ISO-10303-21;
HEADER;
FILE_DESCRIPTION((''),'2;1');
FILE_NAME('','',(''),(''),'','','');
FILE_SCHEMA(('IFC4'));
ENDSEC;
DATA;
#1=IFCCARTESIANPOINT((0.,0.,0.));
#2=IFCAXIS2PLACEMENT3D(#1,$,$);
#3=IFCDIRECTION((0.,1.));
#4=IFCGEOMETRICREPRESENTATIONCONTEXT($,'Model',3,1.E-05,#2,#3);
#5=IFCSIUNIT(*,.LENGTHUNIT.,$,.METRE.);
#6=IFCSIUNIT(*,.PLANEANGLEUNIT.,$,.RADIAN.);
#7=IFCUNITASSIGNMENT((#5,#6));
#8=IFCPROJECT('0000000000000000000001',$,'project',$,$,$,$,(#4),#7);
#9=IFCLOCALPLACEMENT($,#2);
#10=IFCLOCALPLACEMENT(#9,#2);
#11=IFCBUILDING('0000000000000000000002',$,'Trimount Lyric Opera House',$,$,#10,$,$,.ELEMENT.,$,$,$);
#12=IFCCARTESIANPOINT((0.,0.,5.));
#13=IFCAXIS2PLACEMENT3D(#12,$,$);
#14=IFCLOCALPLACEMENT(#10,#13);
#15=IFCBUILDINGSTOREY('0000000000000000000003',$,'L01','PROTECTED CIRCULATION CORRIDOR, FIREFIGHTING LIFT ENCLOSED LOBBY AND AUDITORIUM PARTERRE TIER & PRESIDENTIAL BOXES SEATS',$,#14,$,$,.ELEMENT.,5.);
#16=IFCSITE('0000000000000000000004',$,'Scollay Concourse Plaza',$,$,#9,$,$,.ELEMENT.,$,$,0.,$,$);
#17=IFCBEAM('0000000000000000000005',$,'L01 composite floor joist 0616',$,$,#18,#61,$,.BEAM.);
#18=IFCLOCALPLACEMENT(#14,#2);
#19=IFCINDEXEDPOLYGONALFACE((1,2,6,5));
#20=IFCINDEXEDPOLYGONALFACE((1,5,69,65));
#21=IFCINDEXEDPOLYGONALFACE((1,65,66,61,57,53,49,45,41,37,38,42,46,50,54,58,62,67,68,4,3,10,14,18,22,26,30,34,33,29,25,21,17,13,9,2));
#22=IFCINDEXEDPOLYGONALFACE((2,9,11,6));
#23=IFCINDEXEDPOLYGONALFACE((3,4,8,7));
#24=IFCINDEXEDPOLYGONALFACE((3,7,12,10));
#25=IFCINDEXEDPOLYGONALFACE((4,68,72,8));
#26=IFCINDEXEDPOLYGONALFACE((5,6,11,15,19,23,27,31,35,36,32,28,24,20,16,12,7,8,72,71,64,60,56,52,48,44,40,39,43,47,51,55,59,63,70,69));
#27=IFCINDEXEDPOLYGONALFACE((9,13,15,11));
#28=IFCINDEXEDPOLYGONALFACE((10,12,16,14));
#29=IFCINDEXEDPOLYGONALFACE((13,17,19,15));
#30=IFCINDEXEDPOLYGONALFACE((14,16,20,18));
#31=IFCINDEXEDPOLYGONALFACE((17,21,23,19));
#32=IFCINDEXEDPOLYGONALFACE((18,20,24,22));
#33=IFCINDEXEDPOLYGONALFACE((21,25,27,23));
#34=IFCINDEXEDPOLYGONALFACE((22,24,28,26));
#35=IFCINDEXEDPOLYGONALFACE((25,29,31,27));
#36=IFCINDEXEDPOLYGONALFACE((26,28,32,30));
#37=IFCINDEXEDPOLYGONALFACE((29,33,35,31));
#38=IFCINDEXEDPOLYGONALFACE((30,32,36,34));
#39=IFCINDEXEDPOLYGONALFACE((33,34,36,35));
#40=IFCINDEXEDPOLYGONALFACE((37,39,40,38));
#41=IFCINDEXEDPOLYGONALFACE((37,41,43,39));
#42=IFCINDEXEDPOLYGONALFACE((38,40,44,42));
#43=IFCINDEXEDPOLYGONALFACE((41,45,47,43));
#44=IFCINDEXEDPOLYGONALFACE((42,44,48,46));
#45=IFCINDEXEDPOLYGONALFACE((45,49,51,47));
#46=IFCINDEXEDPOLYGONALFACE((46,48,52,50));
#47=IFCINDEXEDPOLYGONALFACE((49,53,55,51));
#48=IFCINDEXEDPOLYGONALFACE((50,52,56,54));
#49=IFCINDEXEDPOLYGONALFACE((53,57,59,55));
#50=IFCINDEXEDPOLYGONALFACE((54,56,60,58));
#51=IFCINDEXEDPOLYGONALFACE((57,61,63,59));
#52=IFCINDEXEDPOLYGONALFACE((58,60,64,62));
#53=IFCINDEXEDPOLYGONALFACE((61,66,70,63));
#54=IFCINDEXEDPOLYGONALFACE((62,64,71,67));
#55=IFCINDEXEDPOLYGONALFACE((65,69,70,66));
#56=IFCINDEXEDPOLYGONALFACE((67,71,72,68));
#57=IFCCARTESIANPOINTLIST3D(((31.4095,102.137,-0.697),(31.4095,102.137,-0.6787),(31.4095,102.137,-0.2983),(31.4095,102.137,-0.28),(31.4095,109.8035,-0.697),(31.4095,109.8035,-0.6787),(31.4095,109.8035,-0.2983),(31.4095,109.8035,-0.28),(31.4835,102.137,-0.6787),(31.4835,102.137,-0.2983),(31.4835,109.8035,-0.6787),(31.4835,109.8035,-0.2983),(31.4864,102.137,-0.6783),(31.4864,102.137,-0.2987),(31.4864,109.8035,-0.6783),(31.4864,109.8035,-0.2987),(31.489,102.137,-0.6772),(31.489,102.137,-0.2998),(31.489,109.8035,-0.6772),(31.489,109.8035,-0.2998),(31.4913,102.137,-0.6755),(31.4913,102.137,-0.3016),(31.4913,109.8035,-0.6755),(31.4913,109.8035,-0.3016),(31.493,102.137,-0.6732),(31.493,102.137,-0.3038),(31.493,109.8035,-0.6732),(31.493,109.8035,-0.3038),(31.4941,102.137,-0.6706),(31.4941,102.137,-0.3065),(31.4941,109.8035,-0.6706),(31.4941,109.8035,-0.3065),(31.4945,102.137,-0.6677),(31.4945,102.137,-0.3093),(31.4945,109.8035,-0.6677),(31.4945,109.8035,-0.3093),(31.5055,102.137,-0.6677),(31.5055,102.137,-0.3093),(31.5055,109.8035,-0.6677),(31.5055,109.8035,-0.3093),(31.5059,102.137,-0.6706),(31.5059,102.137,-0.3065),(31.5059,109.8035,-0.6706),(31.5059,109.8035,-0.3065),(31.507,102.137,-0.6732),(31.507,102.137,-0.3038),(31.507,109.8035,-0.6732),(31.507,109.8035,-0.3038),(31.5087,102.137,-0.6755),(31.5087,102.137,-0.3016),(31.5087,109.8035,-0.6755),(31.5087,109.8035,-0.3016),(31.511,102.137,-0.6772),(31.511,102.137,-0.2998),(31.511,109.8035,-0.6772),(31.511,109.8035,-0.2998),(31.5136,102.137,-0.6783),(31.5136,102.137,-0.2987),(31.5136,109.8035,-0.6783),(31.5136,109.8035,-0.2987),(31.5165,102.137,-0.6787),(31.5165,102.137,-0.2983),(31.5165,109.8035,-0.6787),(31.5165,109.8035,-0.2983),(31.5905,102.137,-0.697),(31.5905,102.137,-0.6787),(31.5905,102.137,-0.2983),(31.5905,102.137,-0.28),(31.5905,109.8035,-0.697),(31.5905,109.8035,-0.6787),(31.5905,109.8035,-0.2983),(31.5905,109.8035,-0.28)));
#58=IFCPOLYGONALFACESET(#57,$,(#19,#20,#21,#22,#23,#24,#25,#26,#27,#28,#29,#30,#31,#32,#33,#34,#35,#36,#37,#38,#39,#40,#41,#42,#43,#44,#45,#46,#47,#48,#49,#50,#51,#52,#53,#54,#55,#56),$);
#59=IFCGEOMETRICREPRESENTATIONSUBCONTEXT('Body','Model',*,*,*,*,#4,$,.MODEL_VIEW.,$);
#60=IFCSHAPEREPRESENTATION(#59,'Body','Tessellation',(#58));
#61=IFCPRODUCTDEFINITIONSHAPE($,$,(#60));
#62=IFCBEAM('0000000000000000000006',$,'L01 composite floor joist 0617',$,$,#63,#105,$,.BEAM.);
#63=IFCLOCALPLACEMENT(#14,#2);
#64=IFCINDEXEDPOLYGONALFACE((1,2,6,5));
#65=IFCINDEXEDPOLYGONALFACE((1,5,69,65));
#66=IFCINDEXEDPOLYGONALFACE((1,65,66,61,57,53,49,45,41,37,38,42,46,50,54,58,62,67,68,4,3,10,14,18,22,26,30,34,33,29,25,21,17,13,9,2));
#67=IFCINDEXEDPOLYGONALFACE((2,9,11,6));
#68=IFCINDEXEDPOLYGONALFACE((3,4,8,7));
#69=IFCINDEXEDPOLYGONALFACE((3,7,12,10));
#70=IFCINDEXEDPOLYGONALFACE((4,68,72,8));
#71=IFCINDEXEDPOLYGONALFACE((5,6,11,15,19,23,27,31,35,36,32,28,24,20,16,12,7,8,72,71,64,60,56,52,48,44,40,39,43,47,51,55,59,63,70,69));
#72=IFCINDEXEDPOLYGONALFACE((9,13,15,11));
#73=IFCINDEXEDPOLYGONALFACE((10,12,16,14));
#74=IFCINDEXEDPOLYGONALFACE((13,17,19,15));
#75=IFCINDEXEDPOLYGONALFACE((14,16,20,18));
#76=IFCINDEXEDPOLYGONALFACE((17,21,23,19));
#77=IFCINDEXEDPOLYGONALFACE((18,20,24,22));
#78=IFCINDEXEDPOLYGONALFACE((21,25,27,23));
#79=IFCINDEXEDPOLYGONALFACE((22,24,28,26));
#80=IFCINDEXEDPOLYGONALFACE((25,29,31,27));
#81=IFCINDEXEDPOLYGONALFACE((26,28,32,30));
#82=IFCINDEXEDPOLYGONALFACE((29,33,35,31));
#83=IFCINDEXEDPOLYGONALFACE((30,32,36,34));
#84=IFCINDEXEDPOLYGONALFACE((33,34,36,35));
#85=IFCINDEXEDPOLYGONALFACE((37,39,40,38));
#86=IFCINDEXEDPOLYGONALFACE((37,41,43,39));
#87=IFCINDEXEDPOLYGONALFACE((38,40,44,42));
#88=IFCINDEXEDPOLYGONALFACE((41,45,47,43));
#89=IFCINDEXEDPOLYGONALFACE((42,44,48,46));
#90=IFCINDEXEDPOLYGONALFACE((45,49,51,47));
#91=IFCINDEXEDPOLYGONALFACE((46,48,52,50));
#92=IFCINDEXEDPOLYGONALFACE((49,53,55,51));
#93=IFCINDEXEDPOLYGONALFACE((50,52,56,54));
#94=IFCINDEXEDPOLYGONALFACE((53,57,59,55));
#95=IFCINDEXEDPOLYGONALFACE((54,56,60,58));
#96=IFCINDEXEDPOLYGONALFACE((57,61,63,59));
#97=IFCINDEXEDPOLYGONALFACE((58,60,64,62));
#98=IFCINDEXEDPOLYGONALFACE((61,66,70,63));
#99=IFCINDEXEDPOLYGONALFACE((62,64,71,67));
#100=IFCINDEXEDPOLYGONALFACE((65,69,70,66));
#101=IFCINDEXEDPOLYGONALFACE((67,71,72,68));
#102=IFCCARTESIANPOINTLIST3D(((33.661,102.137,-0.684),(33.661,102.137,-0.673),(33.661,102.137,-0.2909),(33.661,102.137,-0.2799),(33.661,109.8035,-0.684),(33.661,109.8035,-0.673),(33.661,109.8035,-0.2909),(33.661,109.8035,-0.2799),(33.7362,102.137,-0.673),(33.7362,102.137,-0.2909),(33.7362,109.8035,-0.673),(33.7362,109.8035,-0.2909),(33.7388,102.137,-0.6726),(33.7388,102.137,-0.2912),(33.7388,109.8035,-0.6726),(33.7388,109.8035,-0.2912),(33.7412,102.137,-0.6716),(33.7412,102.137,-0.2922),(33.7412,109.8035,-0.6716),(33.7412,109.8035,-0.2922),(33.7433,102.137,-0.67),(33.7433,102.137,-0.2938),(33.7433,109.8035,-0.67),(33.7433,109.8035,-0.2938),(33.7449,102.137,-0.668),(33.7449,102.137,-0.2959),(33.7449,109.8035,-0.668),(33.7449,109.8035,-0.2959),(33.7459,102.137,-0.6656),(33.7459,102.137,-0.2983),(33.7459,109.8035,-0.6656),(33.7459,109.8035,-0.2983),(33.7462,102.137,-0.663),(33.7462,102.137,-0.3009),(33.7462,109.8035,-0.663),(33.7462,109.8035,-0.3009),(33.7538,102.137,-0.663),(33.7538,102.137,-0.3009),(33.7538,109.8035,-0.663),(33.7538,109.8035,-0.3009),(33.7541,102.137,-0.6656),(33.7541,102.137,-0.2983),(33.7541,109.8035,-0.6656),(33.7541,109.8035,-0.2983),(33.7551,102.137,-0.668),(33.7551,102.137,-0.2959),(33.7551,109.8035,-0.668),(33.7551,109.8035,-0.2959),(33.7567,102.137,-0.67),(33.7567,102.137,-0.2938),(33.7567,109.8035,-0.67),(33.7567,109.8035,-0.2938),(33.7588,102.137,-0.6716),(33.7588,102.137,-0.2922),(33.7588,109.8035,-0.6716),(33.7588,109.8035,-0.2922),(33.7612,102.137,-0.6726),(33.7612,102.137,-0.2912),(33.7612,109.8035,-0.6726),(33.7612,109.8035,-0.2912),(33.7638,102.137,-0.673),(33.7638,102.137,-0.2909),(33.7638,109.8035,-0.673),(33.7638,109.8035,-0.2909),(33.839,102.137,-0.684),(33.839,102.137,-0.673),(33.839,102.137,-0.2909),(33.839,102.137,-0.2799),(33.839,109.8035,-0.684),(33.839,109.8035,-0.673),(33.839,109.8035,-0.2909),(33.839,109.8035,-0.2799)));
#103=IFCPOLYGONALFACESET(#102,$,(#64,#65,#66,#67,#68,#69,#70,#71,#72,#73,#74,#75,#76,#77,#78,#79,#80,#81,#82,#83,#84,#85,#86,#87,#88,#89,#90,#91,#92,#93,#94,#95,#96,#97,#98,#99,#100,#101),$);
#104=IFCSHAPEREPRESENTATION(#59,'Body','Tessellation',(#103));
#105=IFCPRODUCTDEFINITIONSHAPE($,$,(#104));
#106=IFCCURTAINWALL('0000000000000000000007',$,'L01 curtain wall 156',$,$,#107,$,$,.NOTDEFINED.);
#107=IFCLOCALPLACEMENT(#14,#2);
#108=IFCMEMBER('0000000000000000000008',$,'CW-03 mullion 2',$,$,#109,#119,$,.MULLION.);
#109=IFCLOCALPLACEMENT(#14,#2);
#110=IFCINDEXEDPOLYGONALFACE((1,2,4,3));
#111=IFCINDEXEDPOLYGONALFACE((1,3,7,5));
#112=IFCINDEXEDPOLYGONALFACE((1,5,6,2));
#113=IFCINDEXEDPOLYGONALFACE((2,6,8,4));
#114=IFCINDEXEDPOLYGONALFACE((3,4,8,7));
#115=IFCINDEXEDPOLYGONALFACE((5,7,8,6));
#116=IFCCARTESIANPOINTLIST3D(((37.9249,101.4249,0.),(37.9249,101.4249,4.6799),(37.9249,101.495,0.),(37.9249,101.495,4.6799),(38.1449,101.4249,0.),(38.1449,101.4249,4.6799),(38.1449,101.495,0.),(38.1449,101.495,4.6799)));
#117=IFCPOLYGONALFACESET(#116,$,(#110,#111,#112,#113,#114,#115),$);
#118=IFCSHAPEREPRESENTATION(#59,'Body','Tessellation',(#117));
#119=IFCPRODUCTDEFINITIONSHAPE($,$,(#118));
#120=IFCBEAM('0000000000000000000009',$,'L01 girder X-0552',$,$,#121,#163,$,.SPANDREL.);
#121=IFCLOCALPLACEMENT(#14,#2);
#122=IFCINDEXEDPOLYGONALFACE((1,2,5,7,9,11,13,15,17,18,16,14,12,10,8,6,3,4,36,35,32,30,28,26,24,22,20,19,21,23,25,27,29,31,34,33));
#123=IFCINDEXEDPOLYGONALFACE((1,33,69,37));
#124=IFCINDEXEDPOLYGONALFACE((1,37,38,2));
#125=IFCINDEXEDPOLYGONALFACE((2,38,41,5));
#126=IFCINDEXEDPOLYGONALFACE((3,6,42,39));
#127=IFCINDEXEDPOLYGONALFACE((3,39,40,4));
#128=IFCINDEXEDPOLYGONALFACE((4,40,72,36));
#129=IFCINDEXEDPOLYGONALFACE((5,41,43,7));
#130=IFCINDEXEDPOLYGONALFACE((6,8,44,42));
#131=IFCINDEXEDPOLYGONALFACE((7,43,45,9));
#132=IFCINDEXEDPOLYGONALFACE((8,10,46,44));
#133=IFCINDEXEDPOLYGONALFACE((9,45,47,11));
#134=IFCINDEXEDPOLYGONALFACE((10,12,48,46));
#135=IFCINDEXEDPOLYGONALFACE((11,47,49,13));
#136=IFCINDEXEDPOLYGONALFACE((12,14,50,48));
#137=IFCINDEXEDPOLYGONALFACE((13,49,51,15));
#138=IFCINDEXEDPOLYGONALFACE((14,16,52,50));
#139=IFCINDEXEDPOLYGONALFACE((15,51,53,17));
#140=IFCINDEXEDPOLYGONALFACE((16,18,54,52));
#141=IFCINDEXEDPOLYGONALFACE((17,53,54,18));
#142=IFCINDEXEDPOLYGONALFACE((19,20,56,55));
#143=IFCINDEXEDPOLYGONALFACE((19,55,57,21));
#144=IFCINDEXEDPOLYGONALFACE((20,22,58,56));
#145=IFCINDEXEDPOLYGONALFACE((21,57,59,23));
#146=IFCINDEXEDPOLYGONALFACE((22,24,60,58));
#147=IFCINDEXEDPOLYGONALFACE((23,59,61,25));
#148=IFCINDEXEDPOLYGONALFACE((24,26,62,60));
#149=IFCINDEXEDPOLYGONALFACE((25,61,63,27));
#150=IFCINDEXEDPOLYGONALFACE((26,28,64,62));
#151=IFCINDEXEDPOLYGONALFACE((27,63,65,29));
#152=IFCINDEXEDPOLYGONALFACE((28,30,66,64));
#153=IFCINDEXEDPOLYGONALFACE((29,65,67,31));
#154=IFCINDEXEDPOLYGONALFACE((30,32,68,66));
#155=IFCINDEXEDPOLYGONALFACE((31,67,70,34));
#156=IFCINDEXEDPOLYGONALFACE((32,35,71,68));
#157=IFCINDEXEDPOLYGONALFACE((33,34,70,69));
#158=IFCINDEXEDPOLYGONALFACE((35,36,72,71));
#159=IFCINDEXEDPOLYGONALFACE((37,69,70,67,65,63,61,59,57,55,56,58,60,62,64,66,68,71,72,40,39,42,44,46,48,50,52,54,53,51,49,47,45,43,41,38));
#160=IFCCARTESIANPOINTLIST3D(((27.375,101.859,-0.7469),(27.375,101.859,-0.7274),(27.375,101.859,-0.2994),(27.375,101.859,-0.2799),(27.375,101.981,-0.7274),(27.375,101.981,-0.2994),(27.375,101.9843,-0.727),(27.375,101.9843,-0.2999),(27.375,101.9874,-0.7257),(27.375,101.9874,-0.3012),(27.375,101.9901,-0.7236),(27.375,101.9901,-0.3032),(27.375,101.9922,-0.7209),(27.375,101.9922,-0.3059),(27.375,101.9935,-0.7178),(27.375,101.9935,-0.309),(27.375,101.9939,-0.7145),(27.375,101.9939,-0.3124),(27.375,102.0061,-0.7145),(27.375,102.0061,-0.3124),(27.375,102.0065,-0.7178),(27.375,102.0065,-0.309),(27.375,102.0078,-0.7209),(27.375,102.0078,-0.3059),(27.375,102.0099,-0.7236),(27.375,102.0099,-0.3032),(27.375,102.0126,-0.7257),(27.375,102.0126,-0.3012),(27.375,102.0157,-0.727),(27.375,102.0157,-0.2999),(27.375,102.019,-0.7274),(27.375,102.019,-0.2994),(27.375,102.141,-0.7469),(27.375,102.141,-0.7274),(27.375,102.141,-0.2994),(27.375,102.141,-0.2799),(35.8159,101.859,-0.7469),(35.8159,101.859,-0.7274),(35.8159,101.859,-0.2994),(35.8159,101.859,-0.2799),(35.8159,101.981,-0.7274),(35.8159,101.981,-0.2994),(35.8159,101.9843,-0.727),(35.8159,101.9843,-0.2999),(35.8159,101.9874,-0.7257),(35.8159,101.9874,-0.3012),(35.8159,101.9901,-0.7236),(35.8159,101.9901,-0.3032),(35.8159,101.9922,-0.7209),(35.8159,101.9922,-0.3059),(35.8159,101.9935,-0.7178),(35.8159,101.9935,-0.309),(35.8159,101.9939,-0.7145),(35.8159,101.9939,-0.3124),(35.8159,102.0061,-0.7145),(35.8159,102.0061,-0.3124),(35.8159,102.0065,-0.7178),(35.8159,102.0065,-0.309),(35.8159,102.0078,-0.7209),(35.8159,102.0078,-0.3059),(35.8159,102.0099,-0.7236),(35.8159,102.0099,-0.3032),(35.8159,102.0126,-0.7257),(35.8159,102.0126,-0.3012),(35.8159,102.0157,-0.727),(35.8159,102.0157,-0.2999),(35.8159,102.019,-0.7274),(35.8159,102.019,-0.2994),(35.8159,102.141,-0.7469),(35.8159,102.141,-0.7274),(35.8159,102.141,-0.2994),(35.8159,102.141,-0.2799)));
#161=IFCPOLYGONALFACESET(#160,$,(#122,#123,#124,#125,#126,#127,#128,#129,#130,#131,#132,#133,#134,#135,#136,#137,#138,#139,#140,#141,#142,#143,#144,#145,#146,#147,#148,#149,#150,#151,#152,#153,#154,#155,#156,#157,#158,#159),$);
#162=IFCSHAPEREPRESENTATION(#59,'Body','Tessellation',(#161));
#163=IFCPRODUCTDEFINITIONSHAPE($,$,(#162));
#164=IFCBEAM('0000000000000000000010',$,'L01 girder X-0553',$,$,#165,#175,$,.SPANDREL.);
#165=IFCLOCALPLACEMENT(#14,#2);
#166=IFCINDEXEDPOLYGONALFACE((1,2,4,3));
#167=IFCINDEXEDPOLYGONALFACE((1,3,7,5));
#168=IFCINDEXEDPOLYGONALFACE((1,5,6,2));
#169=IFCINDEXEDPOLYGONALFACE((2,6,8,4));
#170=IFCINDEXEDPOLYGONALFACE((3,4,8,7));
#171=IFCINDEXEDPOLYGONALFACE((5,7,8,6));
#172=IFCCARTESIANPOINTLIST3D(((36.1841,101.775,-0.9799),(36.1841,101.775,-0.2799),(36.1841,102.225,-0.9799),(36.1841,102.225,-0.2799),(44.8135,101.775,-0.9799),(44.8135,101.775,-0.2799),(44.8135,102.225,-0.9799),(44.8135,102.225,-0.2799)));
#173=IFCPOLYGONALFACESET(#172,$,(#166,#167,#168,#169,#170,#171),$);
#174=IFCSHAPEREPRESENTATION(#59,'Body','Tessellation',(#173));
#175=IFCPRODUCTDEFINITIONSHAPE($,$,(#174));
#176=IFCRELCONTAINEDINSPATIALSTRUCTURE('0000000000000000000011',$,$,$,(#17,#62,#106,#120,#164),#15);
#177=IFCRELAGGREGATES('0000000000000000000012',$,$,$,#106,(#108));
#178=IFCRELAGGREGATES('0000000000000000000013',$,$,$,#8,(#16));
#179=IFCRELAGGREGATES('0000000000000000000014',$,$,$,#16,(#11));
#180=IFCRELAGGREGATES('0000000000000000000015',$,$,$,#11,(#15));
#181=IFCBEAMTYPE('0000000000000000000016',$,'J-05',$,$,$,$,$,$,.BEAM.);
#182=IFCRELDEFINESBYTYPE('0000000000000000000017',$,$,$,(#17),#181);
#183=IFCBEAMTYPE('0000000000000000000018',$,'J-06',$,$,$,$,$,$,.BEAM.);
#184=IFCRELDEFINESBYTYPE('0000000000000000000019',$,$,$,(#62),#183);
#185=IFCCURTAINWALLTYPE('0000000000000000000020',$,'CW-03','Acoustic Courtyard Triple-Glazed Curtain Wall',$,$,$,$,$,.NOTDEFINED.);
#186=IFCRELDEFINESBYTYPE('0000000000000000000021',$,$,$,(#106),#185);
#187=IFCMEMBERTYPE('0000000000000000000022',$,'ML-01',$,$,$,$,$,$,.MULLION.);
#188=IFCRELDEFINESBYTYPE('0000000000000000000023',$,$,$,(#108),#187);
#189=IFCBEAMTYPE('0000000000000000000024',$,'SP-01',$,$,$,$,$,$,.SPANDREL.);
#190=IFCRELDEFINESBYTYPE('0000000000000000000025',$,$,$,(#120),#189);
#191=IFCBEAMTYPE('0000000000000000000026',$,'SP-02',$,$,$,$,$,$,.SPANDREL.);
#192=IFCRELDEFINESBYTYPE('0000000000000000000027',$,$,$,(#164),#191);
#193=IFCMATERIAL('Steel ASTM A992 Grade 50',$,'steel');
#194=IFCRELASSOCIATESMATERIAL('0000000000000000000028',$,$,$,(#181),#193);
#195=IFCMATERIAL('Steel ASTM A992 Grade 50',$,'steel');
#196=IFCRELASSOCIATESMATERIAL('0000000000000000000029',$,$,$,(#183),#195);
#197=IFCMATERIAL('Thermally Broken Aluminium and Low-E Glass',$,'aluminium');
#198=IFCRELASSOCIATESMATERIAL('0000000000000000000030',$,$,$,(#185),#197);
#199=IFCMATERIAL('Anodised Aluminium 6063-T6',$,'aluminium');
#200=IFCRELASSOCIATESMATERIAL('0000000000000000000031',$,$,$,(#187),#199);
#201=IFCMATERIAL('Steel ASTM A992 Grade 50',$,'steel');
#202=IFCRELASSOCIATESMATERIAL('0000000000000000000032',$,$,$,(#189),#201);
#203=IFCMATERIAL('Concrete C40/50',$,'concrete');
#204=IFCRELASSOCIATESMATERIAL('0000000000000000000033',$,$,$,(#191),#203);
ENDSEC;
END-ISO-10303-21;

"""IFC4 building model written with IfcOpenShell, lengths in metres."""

from ifc_helpers import new_model, si_unit, direction, frame, origin, origin_2d, place, context, subcontext, project, spatial, rectangle, i_section, extrude, material, material_profile, profile_set, type_object, element, aggregate, save


model = new_model("IFC4")

# Units and contexts
model_context = context("Model", 3, precision=1e-05, world=origin(), true_north=direction((0.0, 1.0)))
body_context = subcontext(model_context, "Body", "Model", "MODEL_VIEW")
ifc_project = project(units=[si_unit("LENGTHUNIT", "METRE"), si_unit("PLANEANGLEUNIT", "RADIAN")], contexts=[model_context])

# Site, building, storey
site_placement = place(None, origin())
site = spatial("IfcSite", under=ifc_project, at=site_placement, Name="Scollay Concourse Plaza", CompositionType="ELEMENT", RefElevation=0.0)
building_placement = place(site_placement, origin())
building = spatial("IfcBuilding", under=site, at=building_placement, Name="Trimount Lyric Opera House", CompositionType="ELEMENT")
storey_placement = place(building_placement, frame((0.0, 0.0, 5.0)))
storey = spatial("IfcBuildingStorey", under=building, at=storey_placement, Name="L01", Description="PROTECTED CIRCULATION CORRIDOR, FIREFIGHTING LIFT ENCLOSED LOBBY AND AUDITORIUM PARTERRE TIER & PRESIDENTIAL BOXES SEATS", CompositionType="ELEMENT", Elevation=5.0)

# Beams
ifc_material_1 = material(Name="Steel ASTM A992 Grade 50", Category="steel")
ifc_material_profile_1 = material_profile(ifc_material_1, i_section(OverallWidth=0.1809, OverallDepth=0.417, WebThickness=0.011, FlangeThickness=0.0183, FilletRadius=0.011, at=origin_2d()), Name="W16X57")
ifc_profile_set_1 = profile_set([ifc_material_profile_1], Name="Steel ASTM A992 Grade 50")
beam_type_1 = type_object("IfcBeamType", Name="J-05", PredefinedType="BEAM", material=ifc_profile_set_1)
beam_1_placement = place(storey_placement, frame((31.5, 102.137, -0.4885), z_axis=(0.0, 1.0, 0.0), x_axis=(-1.0, 0.0, 0.0)))
element("IfcBeam", 1, at=beam_1_placement, inside=storey, type_object=beam_type_1, Name="L01 composite floor joist 0616", PredefinedType="BEAM", context=body_context, shape_type="SweptSolid", body=[
    extrude(i_section(OverallWidth=0.1809, OverallDepth=0.417, WebThickness=0.011, FlangeThickness=0.0183, FilletRadius=0.011, at=origin_2d()), origin(), (0.0, 0.0, 1.0), 7.6665),
])
ifc_material_2 = material(Name="Steel ASTM A992 Grade 50", Category="steel")
ifc_material_profile_2 = material_profile(ifc_material_2, i_section(OverallWidth=0.178, OverallDepth=0.4041, WebThickness=0.0076, FlangeThickness=0.011, FilletRadius=0.01, at=origin_2d()), Name="W16X36")
ifc_profile_set_2 = profile_set([ifc_material_profile_2], Name="Steel ASTM A992 Grade 50")
beam_type_2 = type_object("IfcBeamType", Name="J-06", PredefinedType="BEAM", material=ifc_profile_set_2)
beam_2_placement = place(storey_placement, frame((33.75, 102.137, -0.4819), z_axis=(0.0, 1.0, 0.0), x_axis=(-1.0, 0.0, 0.0)))
element("IfcBeam", 2, at=beam_2_placement, inside=storey, type_object=beam_type_2, Name="L01 composite floor joist 0617", PredefinedType="BEAM", context=body_context, shape_type="SweptSolid", body=[
    extrude(i_section(OverallWidth=0.178, OverallDepth=0.4041, WebThickness=0.0076, FlangeThickness=0.011, FilletRadius=0.01, at=origin_2d()), origin(), (0.0, 0.0, 1.0), 7.6665),
])

# Curtain wall, member
ifc_material_3 = material(Name="Thermally Broken Aluminium and Low-E Glass", Category="aluminium")
curtain_wall_type = type_object("IfcCurtainWallType", Name="CW-03", Description="Acoustic Courtyard Triple-Glazed Curtain Wall", PredefinedType="NOTDEFINED", material=ifc_material_3)
curtain_wall_placement = place(storey_placement, origin())
curtain_wall = element("IfcCurtainWall", 3, at=curtain_wall_placement, inside=storey, type_object=curtain_wall_type, Name="L01 curtain wall 156", PredefinedType="NOTDEFINED")
ifc_material_4 = material(Name="Anodised Aluminium 6063-T6", Category="aluminium")
ifc_material_profile_3 = material_profile(ifc_material_4, rectangle(XDim=0.0701, YDim=0.22, at=origin_2d()), Name="ALU-MULL-70X220")
ifc_profile_set_3 = profile_set([ifc_material_profile_3], Name="Anodised Aluminium 6063-T6")
member_type_1 = type_object("IfcMemberType", Name="ML-01", PredefinedType="MULLION", material=ifc_profile_set_3)
member_1_placement = place(storey_placement, frame((38.0349, 101.46, 0.0), z_axis=(0.0, 0.0, 1.0), x_axis=(0.0, -1.0, 0.0)))
member_1 = element("IfcMember", 4, at=member_1_placement, type_object=member_type_1, Name="CW-03 mullion 2", PredefinedType="MULLION", context=body_context, shape_type="SweptSolid", body=[
    extrude(rectangle(XDim=0.0701, YDim=0.22, at=origin_2d()), origin(), (0.0, 0.0, 1.0), 4.6799),
])

# Beams
ifc_material_5 = material(Name="Steel ASTM A992 Grade 50", Category="steel")
ifc_material_profile_4 = material_profile(ifc_material_5, i_section(OverallWidth=0.282, OverallDepth=0.467, WebThickness=0.0122, FlangeThickness=0.0195, FilletRadius=0.0129, at=origin_2d()), Name="W18X86")
ifc_profile_set_4 = profile_set([ifc_material_profile_4], Name="Steel ASTM A992 Grade 50")
beam_type_3 = type_object("IfcBeamType", Name="SP-01", PredefinedType="SPANDREL", material=ifc_profile_set_4)
beam_3_placement = place(storey_placement, frame((27.375, 102.0, -0.5134), z_axis=(1.0, 0.0, 0.0), x_axis=(0.0, 1.0, 0.0)))
element("IfcBeam", 5, at=beam_3_placement, inside=storey, type_object=beam_type_3, Name="L01 girder X-0552", PredefinedType="SPANDREL", context=body_context, shape_type="SweptSolid", body=[
    extrude(i_section(OverallWidth=0.282, OverallDepth=0.467, WebThickness=0.0122, FlangeThickness=0.0195, FilletRadius=0.0129, at=origin_2d()), origin(), (0.0, 0.0, 1.0), 8.4409),
])
ifc_material_6 = material(Name="Concrete C40/50", Category="concrete")
ifc_material_profile_5 = material_profile(ifc_material_6, rectangle(XDim=0.45, YDim=0.7, at=origin_2d()), Name="RC450X700")
ifc_profile_set_5 = profile_set([ifc_material_profile_5], Name="Concrete C40/50")
beam_type_4 = type_object("IfcBeamType", Name="SP-02", PredefinedType="SPANDREL", material=ifc_profile_set_5)
beam_4_placement = place(storey_placement, frame((36.1841, 102.0, -0.6299), z_axis=(1.0, 0.0, 0.0), x_axis=(0.0, 1.0, 0.0)))
element("IfcBeam", 6, at=beam_4_placement, inside=storey, type_object=beam_type_4, Name="L01 girder X-0553", PredefinedType="SPANDREL", context=body_context, shape_type="SweptSolid", body=[
    extrude(rectangle(XDim=0.45, YDim=0.7, at=origin_2d()), origin(), (0.0, 0.0, 1.0), 8.6294),
])

aggregate(curtain_wall, [member_1])

save(model, "model.ifc")
